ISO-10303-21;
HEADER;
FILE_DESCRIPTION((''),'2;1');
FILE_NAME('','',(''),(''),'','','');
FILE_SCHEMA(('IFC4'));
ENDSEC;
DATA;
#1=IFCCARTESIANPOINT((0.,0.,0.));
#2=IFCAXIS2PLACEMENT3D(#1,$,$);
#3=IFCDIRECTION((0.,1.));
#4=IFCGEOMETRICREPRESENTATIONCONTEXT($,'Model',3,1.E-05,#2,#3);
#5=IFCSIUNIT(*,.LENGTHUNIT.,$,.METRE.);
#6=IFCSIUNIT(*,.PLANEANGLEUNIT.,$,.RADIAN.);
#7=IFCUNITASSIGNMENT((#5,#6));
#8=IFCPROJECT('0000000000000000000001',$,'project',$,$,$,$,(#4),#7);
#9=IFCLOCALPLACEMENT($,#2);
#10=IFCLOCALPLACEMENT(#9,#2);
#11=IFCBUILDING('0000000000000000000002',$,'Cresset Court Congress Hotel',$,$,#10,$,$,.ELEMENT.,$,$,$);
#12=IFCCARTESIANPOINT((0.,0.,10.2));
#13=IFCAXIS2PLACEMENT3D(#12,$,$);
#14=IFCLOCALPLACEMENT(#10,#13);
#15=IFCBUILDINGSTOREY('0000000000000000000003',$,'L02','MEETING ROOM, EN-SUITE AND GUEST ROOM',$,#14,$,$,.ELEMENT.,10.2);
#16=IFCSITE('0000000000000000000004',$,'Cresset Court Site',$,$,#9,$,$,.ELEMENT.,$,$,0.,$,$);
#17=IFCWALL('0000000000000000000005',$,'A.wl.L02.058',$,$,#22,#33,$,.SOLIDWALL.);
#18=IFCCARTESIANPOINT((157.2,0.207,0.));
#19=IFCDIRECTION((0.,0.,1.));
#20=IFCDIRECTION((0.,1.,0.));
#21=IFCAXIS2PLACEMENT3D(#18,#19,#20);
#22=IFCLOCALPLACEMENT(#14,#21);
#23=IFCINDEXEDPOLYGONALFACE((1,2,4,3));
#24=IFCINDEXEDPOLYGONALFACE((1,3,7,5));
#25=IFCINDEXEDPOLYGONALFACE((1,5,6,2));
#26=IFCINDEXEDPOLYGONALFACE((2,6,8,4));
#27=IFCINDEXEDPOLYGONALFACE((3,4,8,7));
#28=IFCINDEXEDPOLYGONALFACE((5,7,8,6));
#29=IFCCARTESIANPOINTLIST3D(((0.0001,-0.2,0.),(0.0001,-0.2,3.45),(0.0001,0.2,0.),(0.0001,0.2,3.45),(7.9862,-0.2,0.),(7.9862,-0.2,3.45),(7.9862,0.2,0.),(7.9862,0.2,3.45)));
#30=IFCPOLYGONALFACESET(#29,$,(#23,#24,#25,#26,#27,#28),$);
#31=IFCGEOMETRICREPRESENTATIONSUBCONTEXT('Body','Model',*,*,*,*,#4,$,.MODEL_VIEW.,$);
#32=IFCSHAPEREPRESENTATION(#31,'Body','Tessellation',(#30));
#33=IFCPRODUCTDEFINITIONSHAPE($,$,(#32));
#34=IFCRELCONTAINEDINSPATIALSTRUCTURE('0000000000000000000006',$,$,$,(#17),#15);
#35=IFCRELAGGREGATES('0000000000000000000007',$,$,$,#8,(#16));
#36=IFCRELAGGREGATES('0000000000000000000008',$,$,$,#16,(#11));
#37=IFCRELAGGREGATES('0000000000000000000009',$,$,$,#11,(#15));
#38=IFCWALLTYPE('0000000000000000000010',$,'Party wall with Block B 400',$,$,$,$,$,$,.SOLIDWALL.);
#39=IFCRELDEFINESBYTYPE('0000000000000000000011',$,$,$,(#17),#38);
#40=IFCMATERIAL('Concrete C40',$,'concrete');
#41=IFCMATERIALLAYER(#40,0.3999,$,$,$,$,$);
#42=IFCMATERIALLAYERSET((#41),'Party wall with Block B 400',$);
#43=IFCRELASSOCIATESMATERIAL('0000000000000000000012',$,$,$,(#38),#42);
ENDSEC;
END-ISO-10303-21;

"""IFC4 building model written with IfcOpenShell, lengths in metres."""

from ifc_helpers import new_model, si_unit, direction, frame, frame_2d, origin, place, context, subcontext, project, spatial, rectangle, extrude, material, layer, layer_set, type_object, element, save


model = new_model("IFC4")

# Units and contexts
model_context = context("Model", 3, precision=1e-05, world=origin(), true_north=direction((0.0, 1.0)))
body_context = subcontext(model_context, "Body", "Model", "MODEL_VIEW")
ifc_project = project(units=[si_unit("LENGTHUNIT", "METRE"), si_unit("PLANEANGLEUNIT", "RADIAN")], contexts=[model_context])

# Site, building, storey
site_placement = place(None, origin())
site = spatial("IfcSite", under=ifc_project, at=site_placement, Name="Cresset Court Site", CompositionType="ELEMENT", RefElevation=0.0)
building_placement = place(site_placement, origin())
building = spatial("IfcBuilding", under=site, at=building_placement, Name="Cresset Court Congress Hotel", CompositionType="ELEMENT")
storey_placement = place(building_placement, frame((0.0, 0.0, 10.2)))
storey = spatial("IfcBuildingStorey", under=building, at=storey_placement, Name="L02", Description="MEETING ROOM, EN-SUITE AND GUEST ROOM", CompositionType="ELEMENT", Elevation=10.2)

# Wall
ifc_material_1 = material(Name="Concrete C40", Category="concrete")
ifc_layer_1 = layer(ifc_material_1, 0.3999)
ifc_layer_set_1 = layer_set([ifc_layer_1], Name="Party wall with Block B 400")
wall_type_1 = type_object("IfcWallType", Name="Party wall with Block B 400", PredefinedType="SOLIDWALL", material=ifc_layer_set_1)
wall_1_placement = place(storey_placement, frame((157.2, 0.207, 0.0), z_axis=(0.0, 0.0, 1.0), x_axis=(0.0, 1.0, 0.0)))
element("IfcWall", 1, at=wall_1_placement, inside=storey, type_object=wall_type_1, Name="A.wl.L02.058", PredefinedType="SOLIDWALL", context=body_context, shape_type="SweptSolid", body=[
    extrude(rectangle(XDim=7.9861, YDim=0.3999, at=frame_2d((3.9932, 0.0))), origin(), (0.0, 0.0, 1.0), 3.45),
])

save(model, "model.ifc")
